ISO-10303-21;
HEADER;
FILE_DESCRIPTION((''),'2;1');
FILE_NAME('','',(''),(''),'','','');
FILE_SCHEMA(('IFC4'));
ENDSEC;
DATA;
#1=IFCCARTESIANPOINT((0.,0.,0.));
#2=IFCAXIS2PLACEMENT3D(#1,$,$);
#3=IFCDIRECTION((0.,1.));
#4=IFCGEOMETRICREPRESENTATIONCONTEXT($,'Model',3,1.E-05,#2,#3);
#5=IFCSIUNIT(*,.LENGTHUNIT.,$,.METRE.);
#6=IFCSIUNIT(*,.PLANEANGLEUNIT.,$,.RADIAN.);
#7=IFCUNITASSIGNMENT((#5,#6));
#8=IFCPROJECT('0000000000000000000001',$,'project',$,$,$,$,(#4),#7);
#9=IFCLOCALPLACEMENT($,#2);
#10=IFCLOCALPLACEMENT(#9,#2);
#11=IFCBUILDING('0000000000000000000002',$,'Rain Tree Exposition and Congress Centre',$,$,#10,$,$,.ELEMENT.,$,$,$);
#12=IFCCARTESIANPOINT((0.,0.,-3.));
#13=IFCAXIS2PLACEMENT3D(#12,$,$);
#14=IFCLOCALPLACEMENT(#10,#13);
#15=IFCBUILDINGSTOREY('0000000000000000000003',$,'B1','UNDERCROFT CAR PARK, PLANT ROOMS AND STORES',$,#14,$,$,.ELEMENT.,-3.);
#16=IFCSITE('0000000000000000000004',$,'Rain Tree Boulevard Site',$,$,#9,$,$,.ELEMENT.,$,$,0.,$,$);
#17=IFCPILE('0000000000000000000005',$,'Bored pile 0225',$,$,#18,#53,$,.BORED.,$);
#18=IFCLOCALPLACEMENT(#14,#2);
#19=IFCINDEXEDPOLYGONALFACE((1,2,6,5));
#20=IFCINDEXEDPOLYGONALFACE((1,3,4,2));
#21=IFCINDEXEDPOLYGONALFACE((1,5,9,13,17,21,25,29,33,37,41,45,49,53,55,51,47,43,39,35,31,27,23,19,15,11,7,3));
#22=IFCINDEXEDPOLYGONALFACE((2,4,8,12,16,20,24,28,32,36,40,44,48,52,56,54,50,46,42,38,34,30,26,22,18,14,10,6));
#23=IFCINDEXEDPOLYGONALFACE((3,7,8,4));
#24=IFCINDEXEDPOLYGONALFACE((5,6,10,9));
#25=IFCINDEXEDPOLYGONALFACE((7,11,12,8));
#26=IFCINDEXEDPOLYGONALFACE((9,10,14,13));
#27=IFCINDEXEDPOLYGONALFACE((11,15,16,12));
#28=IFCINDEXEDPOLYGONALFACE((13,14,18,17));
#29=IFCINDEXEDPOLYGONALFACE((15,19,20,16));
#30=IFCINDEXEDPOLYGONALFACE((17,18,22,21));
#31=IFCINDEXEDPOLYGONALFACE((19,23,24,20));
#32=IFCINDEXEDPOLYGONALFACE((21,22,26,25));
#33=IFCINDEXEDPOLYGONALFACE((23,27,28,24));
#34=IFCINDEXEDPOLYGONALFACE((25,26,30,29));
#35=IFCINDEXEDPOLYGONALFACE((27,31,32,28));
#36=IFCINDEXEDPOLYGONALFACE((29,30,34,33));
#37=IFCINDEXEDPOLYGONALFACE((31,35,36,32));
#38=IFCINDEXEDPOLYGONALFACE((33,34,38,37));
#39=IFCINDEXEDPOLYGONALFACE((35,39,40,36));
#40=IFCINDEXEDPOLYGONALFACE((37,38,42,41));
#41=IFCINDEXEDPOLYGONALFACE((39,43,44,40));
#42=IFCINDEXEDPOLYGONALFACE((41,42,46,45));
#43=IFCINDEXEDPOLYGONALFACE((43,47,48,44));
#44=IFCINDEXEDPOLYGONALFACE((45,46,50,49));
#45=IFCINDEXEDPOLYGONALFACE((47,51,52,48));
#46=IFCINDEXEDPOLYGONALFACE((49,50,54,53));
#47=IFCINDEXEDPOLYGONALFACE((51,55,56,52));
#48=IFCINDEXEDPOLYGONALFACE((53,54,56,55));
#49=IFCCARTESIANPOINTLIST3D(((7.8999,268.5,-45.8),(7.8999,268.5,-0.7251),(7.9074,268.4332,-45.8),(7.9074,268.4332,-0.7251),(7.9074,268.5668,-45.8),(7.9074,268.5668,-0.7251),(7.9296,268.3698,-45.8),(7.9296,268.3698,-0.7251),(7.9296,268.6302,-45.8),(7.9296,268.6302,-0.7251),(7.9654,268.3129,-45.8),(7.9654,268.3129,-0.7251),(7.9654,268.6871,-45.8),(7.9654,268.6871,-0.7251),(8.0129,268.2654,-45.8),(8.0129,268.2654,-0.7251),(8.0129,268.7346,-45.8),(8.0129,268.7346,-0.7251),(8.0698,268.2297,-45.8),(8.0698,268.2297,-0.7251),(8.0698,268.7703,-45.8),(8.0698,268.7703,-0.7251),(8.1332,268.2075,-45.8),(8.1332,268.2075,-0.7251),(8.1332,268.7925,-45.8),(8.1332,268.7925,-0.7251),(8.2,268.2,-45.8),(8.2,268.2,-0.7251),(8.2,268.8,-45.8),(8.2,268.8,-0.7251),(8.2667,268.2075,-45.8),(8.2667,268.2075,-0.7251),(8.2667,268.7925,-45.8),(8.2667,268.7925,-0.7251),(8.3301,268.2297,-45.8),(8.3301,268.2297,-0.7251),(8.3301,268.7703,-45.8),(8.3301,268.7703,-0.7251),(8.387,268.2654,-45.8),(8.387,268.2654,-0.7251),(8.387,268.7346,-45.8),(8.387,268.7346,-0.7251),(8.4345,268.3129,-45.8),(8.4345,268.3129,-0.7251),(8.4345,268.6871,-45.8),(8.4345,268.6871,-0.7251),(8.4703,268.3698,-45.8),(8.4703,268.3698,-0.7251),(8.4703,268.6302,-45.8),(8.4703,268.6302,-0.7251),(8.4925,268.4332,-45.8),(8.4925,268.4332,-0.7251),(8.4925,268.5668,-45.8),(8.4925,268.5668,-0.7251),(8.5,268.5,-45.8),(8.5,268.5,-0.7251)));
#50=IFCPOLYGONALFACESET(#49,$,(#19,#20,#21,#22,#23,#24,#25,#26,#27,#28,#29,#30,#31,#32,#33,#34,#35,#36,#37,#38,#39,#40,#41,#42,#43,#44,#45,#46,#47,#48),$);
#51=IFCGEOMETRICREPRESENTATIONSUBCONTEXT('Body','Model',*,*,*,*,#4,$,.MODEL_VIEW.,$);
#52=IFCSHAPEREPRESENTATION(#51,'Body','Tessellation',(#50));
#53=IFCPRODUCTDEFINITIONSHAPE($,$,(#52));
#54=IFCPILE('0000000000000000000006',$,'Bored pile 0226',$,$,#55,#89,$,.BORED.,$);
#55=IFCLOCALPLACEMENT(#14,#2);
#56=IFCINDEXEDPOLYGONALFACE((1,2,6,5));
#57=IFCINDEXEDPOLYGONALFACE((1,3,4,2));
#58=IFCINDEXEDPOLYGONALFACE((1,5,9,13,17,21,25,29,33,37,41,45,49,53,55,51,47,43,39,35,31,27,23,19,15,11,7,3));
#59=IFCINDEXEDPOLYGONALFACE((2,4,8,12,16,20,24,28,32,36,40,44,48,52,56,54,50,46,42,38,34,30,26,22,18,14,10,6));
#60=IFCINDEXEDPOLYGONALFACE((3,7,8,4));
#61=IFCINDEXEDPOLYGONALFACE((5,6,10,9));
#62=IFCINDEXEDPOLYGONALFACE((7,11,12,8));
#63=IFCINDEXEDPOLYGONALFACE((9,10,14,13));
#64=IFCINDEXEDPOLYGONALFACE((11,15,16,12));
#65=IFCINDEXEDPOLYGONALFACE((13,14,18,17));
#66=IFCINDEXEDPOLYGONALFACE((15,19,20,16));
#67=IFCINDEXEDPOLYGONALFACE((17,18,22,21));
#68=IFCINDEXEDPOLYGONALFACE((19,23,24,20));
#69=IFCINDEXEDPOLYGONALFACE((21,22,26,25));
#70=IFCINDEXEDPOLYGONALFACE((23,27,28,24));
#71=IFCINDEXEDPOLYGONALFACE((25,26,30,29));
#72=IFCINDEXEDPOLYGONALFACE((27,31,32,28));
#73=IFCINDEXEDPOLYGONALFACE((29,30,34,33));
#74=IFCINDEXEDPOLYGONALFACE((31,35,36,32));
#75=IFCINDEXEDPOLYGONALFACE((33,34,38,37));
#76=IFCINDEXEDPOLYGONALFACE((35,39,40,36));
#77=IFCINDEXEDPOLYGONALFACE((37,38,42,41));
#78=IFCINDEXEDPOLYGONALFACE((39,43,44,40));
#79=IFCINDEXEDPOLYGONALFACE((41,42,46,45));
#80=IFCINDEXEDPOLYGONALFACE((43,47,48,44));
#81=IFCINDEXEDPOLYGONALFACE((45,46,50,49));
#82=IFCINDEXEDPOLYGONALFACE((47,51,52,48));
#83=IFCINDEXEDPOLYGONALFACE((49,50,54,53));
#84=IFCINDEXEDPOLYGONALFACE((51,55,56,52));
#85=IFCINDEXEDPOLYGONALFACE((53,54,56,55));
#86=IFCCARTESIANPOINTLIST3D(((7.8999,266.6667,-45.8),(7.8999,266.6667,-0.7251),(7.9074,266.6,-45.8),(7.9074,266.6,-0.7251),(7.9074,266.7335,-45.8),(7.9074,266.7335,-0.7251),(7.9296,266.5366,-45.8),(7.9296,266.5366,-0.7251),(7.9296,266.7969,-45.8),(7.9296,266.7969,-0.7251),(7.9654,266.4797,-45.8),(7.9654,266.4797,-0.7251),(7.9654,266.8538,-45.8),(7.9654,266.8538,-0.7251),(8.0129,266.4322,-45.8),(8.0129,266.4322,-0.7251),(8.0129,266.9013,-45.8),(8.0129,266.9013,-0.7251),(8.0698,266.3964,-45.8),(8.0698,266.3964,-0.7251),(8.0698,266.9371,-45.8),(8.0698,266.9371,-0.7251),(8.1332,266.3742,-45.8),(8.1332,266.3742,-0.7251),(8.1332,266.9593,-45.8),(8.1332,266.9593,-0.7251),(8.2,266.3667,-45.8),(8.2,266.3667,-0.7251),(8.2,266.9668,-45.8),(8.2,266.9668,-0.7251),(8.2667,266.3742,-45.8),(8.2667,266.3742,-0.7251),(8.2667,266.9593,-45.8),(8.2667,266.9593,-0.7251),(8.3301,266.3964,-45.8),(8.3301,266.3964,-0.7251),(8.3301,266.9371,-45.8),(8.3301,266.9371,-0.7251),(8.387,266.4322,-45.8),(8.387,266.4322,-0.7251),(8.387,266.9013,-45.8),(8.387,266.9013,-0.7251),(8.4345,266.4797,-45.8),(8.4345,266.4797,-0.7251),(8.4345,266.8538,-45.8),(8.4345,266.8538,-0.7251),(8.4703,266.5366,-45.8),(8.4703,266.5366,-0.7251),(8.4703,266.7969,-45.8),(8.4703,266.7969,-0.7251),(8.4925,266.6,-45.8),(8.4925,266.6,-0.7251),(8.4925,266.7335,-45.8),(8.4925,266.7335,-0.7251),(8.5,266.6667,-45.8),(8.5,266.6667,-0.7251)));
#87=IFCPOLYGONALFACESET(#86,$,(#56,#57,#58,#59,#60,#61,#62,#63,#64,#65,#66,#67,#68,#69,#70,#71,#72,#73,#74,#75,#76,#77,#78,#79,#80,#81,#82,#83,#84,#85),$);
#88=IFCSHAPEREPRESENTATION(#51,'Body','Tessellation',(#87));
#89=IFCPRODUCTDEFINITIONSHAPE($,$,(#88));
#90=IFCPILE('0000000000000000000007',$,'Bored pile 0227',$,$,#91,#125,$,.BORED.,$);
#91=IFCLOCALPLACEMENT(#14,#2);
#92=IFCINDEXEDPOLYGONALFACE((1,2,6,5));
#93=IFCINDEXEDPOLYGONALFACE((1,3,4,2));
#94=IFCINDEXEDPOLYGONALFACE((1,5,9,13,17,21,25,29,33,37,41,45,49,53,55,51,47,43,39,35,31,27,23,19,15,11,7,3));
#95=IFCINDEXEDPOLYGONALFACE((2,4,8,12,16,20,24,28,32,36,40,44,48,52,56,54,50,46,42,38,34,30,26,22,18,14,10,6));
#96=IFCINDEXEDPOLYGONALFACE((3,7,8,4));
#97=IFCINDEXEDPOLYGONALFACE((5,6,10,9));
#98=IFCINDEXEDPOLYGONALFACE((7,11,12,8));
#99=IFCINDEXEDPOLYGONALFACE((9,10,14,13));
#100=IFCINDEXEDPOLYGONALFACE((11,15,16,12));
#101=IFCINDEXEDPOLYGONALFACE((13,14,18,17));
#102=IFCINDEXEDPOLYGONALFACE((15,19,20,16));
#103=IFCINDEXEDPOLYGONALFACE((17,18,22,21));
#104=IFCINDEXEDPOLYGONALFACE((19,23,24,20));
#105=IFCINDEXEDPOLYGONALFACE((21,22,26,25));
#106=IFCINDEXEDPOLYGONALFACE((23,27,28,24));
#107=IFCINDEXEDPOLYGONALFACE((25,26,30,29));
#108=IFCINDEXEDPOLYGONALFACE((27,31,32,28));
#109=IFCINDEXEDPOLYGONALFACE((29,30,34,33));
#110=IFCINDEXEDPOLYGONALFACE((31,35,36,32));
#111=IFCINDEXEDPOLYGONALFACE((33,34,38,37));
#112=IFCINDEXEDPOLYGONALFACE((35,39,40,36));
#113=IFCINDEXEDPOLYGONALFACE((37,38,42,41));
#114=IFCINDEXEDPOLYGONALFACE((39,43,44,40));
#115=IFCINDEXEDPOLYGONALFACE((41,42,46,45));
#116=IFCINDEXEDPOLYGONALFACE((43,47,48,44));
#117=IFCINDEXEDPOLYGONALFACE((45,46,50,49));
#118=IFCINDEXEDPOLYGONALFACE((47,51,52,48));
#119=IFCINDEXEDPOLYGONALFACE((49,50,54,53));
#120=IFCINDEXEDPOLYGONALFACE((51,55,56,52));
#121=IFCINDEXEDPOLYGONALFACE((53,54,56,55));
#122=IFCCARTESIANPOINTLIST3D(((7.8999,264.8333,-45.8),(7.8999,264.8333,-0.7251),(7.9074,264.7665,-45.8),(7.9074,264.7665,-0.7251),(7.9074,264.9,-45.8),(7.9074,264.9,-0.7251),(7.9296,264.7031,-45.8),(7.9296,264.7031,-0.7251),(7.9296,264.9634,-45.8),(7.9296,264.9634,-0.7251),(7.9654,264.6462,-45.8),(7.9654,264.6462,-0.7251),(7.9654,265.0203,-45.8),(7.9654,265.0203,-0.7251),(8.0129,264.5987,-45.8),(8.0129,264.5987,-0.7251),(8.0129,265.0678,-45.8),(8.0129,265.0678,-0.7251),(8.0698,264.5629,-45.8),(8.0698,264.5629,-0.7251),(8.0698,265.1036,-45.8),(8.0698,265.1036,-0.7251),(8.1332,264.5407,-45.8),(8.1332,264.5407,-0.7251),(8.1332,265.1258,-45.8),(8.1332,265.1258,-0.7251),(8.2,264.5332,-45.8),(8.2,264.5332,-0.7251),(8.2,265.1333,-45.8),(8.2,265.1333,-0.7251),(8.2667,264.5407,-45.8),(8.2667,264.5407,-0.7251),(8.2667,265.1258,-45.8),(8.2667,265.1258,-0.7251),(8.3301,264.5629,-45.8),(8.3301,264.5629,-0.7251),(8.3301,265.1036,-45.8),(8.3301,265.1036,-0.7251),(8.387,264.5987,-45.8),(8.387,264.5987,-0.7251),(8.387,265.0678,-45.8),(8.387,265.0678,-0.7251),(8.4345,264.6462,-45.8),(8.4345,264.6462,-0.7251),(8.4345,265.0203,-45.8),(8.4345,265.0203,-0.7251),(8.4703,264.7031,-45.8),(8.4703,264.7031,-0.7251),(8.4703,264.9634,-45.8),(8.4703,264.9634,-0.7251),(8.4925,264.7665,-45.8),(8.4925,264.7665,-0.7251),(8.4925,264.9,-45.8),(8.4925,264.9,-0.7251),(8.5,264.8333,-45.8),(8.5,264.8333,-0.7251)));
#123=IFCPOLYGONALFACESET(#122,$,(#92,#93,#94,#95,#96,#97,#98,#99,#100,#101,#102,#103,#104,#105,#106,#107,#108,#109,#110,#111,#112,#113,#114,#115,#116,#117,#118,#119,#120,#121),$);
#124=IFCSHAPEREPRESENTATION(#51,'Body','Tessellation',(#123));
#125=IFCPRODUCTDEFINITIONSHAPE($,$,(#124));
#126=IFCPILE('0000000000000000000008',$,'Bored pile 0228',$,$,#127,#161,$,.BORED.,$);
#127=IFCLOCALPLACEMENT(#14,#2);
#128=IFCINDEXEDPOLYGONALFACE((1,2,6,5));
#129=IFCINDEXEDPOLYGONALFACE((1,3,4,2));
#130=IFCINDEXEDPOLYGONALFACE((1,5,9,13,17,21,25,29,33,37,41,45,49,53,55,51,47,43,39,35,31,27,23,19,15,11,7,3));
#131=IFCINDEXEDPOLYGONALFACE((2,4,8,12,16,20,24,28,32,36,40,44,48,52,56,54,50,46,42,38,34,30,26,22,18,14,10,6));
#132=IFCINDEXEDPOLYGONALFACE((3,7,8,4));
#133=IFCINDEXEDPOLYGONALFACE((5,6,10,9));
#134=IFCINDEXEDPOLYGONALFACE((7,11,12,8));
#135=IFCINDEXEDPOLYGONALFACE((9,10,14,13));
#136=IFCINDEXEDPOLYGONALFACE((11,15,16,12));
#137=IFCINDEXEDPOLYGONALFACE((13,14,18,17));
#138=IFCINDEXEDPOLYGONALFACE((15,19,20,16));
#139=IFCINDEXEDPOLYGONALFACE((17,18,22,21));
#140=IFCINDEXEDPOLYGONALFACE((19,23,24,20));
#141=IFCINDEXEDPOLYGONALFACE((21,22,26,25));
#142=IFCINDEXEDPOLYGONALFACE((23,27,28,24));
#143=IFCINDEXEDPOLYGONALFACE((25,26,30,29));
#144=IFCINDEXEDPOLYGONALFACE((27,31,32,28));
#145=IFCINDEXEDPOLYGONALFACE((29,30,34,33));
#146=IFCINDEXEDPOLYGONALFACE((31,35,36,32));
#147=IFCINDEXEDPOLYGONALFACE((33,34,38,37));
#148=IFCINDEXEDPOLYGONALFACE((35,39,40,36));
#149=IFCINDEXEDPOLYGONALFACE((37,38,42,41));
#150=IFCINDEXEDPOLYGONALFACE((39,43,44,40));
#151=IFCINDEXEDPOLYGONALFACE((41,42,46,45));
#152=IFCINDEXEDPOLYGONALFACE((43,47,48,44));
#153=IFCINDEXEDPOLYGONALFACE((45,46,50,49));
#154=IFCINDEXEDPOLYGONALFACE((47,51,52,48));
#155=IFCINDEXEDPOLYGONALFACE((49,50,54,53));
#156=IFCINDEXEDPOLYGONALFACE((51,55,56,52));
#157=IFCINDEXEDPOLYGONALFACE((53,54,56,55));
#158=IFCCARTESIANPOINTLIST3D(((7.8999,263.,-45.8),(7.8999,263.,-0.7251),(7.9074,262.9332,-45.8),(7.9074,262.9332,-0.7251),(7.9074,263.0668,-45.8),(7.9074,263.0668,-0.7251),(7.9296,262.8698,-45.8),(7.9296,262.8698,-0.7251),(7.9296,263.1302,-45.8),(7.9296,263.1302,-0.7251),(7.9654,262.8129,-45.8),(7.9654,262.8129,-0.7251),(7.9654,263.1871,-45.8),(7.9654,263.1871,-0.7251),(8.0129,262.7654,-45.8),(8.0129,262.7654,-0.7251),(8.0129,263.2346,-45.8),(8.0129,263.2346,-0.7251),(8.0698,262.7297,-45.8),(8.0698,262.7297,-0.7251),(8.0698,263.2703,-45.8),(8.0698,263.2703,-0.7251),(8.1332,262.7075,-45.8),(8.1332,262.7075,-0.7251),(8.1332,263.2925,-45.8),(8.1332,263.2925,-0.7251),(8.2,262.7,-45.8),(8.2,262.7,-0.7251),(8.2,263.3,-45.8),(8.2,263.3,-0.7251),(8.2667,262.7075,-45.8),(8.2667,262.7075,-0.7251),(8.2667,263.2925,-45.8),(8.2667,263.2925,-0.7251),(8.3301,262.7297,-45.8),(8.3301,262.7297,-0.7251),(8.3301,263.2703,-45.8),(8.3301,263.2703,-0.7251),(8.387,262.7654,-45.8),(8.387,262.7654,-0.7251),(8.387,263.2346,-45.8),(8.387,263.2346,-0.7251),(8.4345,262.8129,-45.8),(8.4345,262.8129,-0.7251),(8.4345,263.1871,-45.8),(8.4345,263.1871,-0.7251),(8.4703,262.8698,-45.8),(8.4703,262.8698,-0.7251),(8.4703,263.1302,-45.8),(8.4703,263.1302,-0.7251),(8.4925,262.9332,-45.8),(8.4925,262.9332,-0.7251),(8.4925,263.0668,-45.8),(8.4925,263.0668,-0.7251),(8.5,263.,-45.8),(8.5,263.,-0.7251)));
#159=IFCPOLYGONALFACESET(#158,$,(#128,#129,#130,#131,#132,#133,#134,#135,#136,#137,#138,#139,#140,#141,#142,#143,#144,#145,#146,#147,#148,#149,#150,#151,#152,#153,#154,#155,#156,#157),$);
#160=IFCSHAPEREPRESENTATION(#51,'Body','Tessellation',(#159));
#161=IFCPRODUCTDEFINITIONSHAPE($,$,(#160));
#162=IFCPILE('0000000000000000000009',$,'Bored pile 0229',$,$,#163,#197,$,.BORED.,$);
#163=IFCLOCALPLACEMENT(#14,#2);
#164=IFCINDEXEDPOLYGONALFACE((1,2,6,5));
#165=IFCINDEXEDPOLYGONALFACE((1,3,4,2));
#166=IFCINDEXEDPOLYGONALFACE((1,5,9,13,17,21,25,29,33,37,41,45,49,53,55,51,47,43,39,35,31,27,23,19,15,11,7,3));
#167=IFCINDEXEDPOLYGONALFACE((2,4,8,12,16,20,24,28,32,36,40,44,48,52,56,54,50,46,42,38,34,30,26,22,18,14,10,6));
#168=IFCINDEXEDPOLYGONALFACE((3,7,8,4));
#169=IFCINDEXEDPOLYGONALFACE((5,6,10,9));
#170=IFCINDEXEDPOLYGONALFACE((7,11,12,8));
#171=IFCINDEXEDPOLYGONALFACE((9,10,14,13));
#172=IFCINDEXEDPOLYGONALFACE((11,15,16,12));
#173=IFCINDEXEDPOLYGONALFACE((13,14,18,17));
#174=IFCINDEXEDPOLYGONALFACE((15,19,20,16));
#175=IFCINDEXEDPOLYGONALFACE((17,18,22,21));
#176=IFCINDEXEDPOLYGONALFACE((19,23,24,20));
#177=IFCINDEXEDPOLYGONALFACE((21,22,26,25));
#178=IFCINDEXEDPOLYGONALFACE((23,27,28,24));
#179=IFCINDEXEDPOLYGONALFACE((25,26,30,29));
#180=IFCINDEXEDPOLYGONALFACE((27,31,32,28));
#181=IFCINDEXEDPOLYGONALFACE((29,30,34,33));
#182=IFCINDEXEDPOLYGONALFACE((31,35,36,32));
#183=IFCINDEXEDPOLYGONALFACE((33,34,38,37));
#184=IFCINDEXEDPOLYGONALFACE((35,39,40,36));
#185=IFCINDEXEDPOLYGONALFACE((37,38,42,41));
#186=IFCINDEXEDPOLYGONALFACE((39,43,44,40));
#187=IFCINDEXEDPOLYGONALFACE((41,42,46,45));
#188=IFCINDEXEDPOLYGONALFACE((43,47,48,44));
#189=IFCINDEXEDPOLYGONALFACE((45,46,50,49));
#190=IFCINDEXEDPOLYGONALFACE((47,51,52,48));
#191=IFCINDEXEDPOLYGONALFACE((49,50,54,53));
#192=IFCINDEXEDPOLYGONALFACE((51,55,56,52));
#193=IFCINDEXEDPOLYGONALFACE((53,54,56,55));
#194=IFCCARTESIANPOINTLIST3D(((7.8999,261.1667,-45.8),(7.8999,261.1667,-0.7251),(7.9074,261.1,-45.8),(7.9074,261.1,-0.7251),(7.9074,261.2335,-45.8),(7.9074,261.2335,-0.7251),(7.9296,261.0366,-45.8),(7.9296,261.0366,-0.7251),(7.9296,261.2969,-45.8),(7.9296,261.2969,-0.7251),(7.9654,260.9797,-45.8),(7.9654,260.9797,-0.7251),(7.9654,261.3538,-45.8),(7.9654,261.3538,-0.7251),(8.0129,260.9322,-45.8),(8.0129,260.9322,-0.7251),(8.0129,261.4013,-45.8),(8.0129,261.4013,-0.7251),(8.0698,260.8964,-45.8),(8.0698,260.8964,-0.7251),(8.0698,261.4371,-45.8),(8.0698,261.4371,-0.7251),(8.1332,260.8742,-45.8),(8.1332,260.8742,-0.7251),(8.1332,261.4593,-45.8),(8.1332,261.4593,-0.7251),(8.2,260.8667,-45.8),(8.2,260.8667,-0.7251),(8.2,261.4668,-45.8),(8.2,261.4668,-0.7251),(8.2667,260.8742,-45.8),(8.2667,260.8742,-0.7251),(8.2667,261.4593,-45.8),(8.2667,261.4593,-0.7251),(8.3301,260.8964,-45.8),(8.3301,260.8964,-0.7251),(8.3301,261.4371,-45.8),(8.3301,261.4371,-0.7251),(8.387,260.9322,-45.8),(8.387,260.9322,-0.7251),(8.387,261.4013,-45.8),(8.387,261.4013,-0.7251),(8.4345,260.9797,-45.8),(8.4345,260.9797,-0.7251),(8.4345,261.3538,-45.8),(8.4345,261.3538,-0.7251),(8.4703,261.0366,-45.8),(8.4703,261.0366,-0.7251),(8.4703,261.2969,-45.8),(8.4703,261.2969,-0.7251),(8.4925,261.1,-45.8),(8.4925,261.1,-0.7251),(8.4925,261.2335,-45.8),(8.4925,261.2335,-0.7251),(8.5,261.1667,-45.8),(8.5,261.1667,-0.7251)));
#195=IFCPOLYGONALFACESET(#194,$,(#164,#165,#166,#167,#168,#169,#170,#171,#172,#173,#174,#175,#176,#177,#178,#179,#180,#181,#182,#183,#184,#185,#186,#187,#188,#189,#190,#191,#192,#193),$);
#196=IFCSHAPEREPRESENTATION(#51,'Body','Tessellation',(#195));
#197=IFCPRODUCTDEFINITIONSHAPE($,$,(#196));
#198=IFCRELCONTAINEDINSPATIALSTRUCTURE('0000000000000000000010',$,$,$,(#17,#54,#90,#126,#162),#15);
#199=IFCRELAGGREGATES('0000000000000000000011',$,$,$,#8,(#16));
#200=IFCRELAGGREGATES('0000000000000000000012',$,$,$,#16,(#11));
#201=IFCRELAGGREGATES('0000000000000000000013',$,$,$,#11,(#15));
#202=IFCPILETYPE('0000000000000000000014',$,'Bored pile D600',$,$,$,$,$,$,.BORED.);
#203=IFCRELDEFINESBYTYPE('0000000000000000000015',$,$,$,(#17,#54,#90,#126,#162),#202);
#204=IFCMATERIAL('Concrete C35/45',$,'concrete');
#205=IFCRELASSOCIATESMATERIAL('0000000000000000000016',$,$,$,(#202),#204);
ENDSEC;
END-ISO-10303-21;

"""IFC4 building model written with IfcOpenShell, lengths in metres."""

from ifc_helpers import new_model, si_unit, direction, frame, origin, origin_2d, place, context, subcontext, project, spatial, circle, extrude, material, material_profile, profile_set, type_object, element, save


model = new_model("IFC4")

# Units and contexts
model_context = context("Model", 3, precision=1e-05, world=origin(), true_north=direction((0.0, 1.0)))
body_context = subcontext(model_context, "Body", "Model", "MODEL_VIEW")
ifc_project = project(units=[si_unit("LENGTHUNIT", "METRE"), si_unit("PLANEANGLEUNIT", "RADIAN")], contexts=[model_context])

# Site, building, storey
site_placement = place(None, origin())
site = spatial("IfcSite", under=ifc_project, at=site_placement, Name="Rain Tree Boulevard Site", CompositionType="ELEMENT", RefElevation=0.0)
building_placement = place(site_placement, origin())
building = spatial("IfcBuilding", under=site, at=building_placement, Name="Rain Tree Exposition and Congress Centre", CompositionType="ELEMENT")
storey_placement = place(building_placement, frame((0.0, 0.0, -3.0)))
storey = spatial("IfcBuildingStorey", under=building, at=storey_placement, Name="B1", Description="UNDERCROFT CAR PARK, PLANT ROOMS AND STORES", CompositionType="ELEMENT", Elevation=-3.0)

# Piles
ifc_material_1 = material(Name="Concrete C35/45", Category="concrete")
ifc_material_profile_1 = material_profile(ifc_material_1, circle(Radius=0.3, at=origin_2d()), Name="D600")
ifc_profile_set_1 = profile_set([ifc_material_profile_1], Name="Concrete C35/45")
pile_type_1 = type_object("IfcPileType", Name="Bored pile D600", PredefinedType="BORED", material=ifc_profile_set_1)
for number, where, z_axis, x_axis, name in (
    (1, (8.2, 268.5, -0.7251), (0.0, 0.0, -1.0), (1.0, 0.0, 0.0), "Bored pile 0225"),
    (2, (8.2, 266.6667, -0.7251), (0.0, 0.0, -1.0), (1.0, 0.0, 0.0), "Bored pile 0226"),
    (3, (8.2, 264.8333, -0.7251), (0.0, 0.0, -1.0), (1.0, 0.0, 0.0), "Bored pile 0227"),
    (4, (8.2, 263.0, -0.7251), (0.0, 0.0, -1.0), (1.0, 0.0, 0.0), "Bored pile 0228"),
    (5, (8.2, 261.1667, -0.7251), (0.0, 0.0, -1.0), (1.0, 0.0, 0.0), "Bored pile 0229"),
):
    element("IfcPile", number, at=place(storey_placement, frame(where, z_axis=z_axis, x_axis=x_axis)), inside=storey, type_object=pile_type_1, Name=name, PredefinedType="BORED", context=body_context, shape_type="SweptSolid", body=[
        extrude(circle(Radius=0.3, at=origin_2d()), origin(), (0.0, 0.0, 1.0), 45.075),
    ])

save(model, "model.ifc")
